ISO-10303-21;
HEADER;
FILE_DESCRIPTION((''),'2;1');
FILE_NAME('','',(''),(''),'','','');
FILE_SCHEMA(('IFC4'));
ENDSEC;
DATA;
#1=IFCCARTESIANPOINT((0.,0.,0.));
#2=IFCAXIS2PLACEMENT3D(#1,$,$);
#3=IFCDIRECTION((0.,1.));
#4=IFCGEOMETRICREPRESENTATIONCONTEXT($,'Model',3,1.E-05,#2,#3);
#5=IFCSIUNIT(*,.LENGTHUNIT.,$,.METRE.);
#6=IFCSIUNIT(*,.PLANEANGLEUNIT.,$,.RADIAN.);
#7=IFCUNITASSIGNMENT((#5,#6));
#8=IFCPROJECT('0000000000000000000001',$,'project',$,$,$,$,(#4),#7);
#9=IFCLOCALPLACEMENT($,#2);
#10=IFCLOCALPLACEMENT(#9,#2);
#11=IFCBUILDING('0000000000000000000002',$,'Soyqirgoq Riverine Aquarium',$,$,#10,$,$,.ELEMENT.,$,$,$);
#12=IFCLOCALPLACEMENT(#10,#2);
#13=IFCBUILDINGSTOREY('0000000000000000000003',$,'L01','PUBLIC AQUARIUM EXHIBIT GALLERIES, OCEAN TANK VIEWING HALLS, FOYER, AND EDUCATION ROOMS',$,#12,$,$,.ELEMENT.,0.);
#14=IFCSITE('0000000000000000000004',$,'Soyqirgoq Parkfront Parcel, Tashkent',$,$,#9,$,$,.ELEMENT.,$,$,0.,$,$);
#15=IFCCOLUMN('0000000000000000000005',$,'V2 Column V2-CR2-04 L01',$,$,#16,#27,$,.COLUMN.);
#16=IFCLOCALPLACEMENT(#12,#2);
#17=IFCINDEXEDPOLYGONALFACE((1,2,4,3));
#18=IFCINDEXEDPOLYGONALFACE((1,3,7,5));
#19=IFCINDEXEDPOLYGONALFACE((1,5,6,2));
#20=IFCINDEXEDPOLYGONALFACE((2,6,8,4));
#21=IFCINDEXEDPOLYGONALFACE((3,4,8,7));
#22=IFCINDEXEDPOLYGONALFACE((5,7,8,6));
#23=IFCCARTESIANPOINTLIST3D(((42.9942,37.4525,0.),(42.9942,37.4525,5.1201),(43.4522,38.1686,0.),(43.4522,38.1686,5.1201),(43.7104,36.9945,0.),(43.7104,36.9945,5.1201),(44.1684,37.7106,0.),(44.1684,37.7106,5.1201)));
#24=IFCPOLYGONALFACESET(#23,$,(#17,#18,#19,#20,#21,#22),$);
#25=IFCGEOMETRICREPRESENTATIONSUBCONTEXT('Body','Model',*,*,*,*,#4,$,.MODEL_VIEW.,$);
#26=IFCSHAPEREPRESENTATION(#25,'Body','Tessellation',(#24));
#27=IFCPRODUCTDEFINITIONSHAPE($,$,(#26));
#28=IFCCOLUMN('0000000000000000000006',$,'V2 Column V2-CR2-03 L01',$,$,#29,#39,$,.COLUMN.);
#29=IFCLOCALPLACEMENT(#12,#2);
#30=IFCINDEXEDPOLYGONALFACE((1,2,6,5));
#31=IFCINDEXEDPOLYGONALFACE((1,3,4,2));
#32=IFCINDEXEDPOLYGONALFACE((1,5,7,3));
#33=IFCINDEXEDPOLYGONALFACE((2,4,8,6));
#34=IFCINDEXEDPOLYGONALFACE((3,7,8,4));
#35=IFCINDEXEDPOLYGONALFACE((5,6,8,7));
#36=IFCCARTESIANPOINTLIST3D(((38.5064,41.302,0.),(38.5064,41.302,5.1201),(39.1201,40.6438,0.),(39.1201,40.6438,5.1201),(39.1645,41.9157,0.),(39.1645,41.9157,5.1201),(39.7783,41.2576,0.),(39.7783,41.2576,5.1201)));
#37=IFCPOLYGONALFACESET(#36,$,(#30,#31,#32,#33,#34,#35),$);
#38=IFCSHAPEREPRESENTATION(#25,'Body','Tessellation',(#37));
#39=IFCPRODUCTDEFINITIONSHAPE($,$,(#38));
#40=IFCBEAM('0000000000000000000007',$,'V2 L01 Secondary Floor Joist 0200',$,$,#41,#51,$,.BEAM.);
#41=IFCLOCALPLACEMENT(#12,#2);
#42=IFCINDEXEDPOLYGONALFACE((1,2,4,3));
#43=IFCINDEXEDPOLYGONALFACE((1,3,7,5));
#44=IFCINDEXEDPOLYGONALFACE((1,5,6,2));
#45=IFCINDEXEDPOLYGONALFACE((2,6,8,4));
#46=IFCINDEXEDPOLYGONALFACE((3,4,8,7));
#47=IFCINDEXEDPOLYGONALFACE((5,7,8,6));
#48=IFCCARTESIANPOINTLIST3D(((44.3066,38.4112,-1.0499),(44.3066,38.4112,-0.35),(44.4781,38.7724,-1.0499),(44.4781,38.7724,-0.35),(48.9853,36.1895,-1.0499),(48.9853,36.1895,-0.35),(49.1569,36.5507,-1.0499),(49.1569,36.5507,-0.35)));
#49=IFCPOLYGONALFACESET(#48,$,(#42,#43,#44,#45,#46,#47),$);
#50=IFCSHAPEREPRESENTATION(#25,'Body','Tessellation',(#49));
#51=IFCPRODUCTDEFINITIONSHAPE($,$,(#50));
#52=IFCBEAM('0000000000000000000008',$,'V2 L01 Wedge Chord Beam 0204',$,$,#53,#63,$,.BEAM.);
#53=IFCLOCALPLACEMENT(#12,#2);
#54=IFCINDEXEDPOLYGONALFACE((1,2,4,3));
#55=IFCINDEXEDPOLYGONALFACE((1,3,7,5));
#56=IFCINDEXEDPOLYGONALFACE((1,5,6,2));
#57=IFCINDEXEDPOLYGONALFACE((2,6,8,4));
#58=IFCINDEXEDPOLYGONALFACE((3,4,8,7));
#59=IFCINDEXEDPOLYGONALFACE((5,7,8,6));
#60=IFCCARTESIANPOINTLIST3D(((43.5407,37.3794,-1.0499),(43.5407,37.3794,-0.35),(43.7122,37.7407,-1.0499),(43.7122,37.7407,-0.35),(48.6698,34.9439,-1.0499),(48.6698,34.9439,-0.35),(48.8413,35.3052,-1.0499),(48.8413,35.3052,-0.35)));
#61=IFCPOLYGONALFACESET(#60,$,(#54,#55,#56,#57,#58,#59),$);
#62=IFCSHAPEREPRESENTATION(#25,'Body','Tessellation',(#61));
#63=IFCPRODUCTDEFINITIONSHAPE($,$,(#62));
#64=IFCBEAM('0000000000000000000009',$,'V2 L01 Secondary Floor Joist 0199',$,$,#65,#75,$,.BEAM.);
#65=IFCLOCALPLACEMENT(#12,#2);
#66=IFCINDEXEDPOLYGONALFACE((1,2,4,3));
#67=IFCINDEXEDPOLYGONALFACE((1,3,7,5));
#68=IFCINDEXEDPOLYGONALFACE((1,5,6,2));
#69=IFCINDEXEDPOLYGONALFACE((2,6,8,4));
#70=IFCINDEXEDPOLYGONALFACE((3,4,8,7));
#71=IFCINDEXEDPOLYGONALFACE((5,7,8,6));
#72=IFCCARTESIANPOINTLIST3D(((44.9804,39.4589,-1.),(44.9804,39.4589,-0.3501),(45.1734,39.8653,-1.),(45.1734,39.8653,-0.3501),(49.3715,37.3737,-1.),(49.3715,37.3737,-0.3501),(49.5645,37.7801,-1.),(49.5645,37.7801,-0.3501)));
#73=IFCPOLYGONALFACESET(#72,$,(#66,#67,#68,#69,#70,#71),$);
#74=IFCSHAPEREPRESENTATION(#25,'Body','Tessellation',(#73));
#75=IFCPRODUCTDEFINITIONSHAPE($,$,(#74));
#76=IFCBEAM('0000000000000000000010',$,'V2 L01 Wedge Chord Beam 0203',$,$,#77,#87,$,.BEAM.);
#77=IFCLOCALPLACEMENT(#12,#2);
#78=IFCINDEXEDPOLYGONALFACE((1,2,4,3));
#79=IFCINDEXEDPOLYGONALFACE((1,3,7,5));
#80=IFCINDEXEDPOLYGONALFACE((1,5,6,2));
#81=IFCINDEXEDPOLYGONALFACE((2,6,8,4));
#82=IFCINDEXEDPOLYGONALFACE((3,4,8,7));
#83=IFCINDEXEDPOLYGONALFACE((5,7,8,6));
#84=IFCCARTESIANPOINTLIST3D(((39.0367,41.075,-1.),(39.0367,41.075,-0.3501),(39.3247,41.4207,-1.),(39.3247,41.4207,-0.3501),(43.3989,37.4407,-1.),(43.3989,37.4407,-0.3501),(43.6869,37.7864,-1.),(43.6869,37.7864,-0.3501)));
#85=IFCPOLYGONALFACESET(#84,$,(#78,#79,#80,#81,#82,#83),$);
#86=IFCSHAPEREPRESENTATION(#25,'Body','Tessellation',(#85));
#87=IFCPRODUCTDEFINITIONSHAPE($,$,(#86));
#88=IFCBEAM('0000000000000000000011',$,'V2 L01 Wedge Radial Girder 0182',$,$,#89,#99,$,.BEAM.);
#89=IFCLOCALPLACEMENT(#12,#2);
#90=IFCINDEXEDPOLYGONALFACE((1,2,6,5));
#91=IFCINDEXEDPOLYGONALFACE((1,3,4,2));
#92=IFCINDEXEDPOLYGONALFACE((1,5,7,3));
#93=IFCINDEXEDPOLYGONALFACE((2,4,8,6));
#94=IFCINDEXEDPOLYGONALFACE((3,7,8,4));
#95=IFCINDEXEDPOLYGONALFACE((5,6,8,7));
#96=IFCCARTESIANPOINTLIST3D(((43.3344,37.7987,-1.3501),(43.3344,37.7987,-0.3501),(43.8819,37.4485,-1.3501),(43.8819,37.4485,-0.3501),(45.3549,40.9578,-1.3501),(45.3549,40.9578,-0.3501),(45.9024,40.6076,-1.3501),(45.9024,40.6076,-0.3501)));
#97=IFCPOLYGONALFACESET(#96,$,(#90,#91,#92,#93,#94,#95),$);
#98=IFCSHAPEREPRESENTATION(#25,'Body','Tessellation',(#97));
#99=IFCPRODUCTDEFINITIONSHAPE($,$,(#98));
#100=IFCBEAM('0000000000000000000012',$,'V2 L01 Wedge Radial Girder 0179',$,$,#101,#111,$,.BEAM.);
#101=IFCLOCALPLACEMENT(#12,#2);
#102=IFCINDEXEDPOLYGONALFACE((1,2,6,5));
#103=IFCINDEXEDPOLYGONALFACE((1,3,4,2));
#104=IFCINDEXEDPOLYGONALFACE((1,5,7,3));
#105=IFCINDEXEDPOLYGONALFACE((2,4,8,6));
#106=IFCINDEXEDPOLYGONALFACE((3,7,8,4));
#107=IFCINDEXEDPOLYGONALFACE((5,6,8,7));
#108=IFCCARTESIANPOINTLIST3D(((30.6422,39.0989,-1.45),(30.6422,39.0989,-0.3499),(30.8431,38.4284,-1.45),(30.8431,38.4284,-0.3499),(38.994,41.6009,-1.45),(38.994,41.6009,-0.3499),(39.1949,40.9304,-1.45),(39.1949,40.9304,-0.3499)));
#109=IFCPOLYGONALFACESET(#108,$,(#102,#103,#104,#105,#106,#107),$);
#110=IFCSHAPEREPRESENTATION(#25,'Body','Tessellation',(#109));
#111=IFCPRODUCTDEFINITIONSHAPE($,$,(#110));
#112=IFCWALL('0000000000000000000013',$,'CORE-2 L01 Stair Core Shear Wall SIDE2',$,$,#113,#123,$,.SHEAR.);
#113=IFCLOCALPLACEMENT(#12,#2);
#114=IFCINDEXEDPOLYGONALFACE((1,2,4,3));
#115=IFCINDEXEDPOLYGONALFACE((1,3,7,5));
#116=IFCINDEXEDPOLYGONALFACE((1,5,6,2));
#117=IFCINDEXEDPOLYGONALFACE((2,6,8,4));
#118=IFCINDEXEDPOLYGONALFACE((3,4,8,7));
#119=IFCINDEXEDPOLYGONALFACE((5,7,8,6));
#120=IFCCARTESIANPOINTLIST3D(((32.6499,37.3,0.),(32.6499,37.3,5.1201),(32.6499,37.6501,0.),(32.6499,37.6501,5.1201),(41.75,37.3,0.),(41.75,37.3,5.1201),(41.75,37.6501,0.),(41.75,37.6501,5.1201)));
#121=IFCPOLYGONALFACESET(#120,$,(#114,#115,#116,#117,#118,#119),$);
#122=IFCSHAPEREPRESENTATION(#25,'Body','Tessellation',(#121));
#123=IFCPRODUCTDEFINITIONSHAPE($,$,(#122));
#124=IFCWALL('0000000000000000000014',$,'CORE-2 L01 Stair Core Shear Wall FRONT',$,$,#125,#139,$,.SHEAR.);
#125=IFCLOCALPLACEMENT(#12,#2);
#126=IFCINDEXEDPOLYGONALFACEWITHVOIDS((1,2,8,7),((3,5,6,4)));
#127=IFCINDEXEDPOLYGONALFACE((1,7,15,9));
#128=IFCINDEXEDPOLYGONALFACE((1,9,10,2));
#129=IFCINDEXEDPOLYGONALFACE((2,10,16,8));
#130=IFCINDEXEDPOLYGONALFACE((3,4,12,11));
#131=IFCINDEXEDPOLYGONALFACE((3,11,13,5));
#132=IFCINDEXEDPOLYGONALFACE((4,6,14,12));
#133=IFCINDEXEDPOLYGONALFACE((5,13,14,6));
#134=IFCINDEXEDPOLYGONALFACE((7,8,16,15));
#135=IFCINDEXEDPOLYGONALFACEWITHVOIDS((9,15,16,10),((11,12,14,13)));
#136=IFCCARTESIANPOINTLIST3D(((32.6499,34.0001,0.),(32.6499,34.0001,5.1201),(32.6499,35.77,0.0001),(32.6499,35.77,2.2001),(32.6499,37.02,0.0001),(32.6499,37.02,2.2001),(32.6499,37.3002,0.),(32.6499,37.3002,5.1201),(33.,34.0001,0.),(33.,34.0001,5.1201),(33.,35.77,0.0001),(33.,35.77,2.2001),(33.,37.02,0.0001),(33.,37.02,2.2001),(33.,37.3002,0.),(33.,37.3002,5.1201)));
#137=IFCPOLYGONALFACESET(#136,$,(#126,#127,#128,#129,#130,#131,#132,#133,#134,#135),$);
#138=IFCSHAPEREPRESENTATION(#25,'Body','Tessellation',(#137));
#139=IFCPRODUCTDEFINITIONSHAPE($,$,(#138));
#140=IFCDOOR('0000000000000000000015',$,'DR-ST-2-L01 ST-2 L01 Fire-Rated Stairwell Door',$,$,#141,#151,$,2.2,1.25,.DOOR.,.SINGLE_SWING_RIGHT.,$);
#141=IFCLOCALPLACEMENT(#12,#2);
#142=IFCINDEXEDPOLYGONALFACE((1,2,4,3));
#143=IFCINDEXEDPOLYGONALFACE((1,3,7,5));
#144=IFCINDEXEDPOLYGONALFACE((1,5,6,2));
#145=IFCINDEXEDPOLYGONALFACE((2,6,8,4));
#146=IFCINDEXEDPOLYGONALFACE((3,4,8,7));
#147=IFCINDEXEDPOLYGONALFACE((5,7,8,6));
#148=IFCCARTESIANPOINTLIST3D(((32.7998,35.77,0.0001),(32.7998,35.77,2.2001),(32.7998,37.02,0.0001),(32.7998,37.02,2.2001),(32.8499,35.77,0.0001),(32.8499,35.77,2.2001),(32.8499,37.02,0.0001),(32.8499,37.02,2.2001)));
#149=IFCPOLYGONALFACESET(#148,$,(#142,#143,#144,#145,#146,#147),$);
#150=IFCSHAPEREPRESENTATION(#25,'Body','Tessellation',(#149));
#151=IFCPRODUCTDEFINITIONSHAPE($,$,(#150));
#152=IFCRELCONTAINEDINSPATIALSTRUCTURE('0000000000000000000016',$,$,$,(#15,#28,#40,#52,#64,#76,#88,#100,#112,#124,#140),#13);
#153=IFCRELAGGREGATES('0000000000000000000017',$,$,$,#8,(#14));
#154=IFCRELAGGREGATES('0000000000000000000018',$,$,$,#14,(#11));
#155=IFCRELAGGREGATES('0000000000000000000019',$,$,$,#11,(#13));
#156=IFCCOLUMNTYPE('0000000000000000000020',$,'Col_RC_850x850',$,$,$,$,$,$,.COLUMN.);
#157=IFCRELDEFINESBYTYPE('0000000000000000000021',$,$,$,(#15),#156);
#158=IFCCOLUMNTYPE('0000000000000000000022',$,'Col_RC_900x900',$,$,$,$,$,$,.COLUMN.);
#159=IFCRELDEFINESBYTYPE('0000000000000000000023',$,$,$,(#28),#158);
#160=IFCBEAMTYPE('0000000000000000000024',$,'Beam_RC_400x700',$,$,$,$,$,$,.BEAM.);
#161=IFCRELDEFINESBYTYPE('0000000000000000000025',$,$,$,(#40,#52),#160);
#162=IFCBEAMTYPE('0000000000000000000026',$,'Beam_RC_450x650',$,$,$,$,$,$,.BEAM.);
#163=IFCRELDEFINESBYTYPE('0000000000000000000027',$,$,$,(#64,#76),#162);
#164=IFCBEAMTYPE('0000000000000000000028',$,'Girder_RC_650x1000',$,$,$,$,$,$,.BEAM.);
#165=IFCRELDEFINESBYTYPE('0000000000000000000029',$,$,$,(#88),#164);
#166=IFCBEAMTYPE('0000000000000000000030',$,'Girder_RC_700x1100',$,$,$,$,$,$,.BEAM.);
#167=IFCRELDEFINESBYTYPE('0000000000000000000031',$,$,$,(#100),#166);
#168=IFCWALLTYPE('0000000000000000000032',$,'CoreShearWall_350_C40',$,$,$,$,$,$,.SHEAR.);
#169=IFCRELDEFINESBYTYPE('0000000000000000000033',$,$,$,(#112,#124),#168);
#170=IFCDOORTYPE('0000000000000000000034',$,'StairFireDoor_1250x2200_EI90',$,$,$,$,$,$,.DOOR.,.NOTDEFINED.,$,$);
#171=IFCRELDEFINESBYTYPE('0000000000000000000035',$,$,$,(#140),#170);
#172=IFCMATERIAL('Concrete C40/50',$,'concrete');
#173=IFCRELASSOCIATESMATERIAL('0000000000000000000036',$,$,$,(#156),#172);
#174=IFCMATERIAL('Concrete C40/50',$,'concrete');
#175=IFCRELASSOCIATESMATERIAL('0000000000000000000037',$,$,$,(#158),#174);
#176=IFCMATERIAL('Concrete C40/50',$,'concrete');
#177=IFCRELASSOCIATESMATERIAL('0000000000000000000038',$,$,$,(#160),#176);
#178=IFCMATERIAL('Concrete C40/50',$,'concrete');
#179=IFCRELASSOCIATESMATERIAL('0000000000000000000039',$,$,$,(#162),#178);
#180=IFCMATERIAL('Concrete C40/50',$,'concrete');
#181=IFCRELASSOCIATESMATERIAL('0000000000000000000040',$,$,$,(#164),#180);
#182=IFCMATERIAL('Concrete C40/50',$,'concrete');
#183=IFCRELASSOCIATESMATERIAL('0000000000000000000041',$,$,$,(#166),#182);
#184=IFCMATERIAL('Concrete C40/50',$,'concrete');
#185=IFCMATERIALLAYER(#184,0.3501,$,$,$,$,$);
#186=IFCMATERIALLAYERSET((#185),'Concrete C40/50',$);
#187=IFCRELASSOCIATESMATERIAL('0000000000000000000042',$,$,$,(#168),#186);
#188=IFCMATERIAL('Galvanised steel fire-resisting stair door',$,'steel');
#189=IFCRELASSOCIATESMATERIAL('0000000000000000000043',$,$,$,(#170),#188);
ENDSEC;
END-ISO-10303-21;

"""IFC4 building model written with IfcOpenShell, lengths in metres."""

from ifc_helpers import new_model, si_unit, direction, frame, frame_2d, origin, origin_2d, place, context, subcontext, project, spatial, rectangle, extrude, material, layer, layer_set, material_profile, profile_set, type_object, element, fill, save


model = new_model("IFC4")

# Units and contexts
model_context = context("Model", 3, precision=1e-05, world=origin(), true_north=direction((0.0, 1.0)))
body_context = subcontext(model_context, "Body", "Model", "MODEL_VIEW")
ifc_project = project(units=[si_unit("LENGTHUNIT", "METRE"), si_unit("PLANEANGLEUNIT", "RADIAN")], contexts=[model_context])

# Site, building, storey
site_placement = place(None, origin())
site = spatial("IfcSite", under=ifc_project, at=site_placement, Name="Soyqirgoq Parkfront Parcel, Tashkent", CompositionType="ELEMENT", RefElevation=0.0)
building_placement = place(site_placement, origin())
building = spatial("IfcBuilding", under=site, at=building_placement, Name="Soyqirgoq Riverine Aquarium", CompositionType="ELEMENT")
storey_placement = place(building_placement, origin())
storey = spatial("IfcBuildingStorey", under=building, at=storey_placement, Name="L01", Description="PUBLIC AQUARIUM EXHIBIT GALLERIES, OCEAN TANK VIEWING HALLS, FOYER, AND EDUCATION ROOMS", CompositionType="ELEMENT", Elevation=0.0)

# Columns
ifc_material_1 = material(Name="Concrete C40/50", Category="concrete")
ifc_material_profile_1 = material_profile(ifc_material_1, rectangle(XDim=0.8501, YDim=0.8501, at=origin_2d()), Name="RC 850x850")
ifc_profile_set_1 = profile_set([ifc_material_profile_1], Name="Concrete C40/50")
column_type_1 = type_object("IfcColumnType", Name="Col_RC_850x850", PredefinedType="COLUMN", material=ifc_profile_set_1)
column_1_placement = place(storey_placement, frame((43.5813, 37.5815, 0.0), z_axis=(0.0, 0.0, 1.0), x_axis=(-0.538771, -0.842452, 0.0)))
element("IfcColumn", 1, at=column_1_placement, inside=storey, type_object=column_type_1, Name="V2 Column V2-CR2-04 L01", PredefinedType="COLUMN", context=body_context, shape_type="SweptSolid", body=[
    extrude(rectangle(XDim=0.8501, YDim=0.8501, at=origin_2d()), origin(), (0.0, 0.0, 1.0), 5.1201),
])
ifc_material_2 = material(Name="Concrete C40/50", Category="concrete")
ifc_material_profile_2 = material_profile(ifc_material_2, rectangle(XDim=0.8999, YDim=0.8999, at=origin_2d()), Name="RC 900x900")
ifc_profile_set_2 = profile_set([ifc_material_profile_2], Name="Concrete C40/50")
column_type_2 = type_object("IfcColumnType", Name="Col_RC_900x900", PredefinedType="COLUMN", material=ifc_profile_set_2)
column_2_placement = place(storey_placement, frame((39.1423, 41.2798, 0.0), z_axis=(0.0, 0.0, 1.0), x_axis=(-0.731354, -0.681998, 0.0)))
element("IfcColumn", 2, at=column_2_placement, inside=storey, type_object=column_type_2, Name="V2 Column V2-CR2-03 L01", PredefinedType="COLUMN", context=body_context, shape_type="SweptSolid", body=[
    extrude(rectangle(XDim=0.8999, YDim=0.8999, at=origin_2d()), origin(), (0.0, 0.0, 1.0), 5.1201),
])

# Beams
ifc_material_3 = material(Name="Concrete C40/50", Category="concrete")
ifc_material_profile_3 = material_profile(ifc_material_3, rectangle(XDim=0.3999, YDim=0.7, at=origin_2d()), Name="RC 400x700")
ifc_profile_set_3 = profile_set([ifc_material_profile_3], Name="Concrete C40/50")
beam_type_1 = type_object("IfcBeamType", Name="Beam_RC_400x700", PredefinedType="BEAM", material=ifc_profile_set_3)
beam_1_placement = place(storey_placement, frame((44.3923, 38.5918, -0.7), z_axis=(0.90333, -0.428945, 0.0), x_axis=(0.428945, 0.90333, 0.0)))
element("IfcBeam", 3, at=beam_1_placement, inside=storey, type_object=beam_type_1, Name="V2 L01 Secondary Floor Joist 0200", PredefinedType="BEAM", context=body_context, shape_type="SweptSolid", body=[
    extrude(rectangle(XDim=0.3999, YDim=0.7, at=origin_2d()), origin(), (0.0, 0.0, 1.0), 5.1794),
])
beam_2_placement = place(storey_placement, frame((43.6265, 37.5601, -0.7), z_axis=(0.903332, -0.428942, 0.0), x_axis=(0.428942, 0.903332, 0.0)))
element("IfcBeam", 4, at=beam_2_placement, inside=storey, type_object=beam_type_1, Name="V2 L01 Wedge Chord Beam 0204", PredefinedType="BEAM", context=body_context, shape_type="SweptSolid", body=[
    extrude(rectangle(XDim=0.3999, YDim=0.7, at=origin_2d()), origin(), (0.0, 0.0, 1.0), 5.678),
])
ifc_material_4 = material(Name="Concrete C40/50", Category="concrete")
ifc_material_profile_4 = material_profile(ifc_material_4, rectangle(XDim=0.45, YDim=0.6499, at=origin_2d()), Name="RC 450x650")
ifc_profile_set_4 = profile_set([ifc_material_profile_4], Name="Concrete C40/50")
beam_type_2 = type_object("IfcBeamType", Name="Beam_RC_450x650", PredefinedType="BEAM", material=ifc_profile_set_4)
beam_3_placement = place(storey_placement, frame((45.0769, 39.6621, -0.675), z_axis=(0.903323, -0.428961, 0.0), x_axis=(0.428961, 0.903323, 0.0)))
element("IfcBeam", 5, at=beam_3_placement, inside=storey, type_object=beam_type_2, Name="V2 L01 Secondary Floor Joist 0199", PredefinedType="BEAM", context=body_context, shape_type="SweptSolid", body=[
    extrude(rectangle(XDim=0.45, YDim=0.6499, at=origin_2d()), origin(), (0.0, 0.0, 1.0), 4.8611),
])
beam_4_placement = place(storey_placement, frame((39.1807, 41.2478, -0.675), z_axis=(0.768306, -0.640083, 0.0), x_axis=(0.640083, 0.768306, 0.0)))
element("IfcBeam", 6, at=beam_4_placement, inside=storey, type_object=beam_type_2, Name="V2 L01 Wedge Chord Beam 0203", PredefinedType="BEAM", context=body_context, shape_type="SweptSolid", body=[
    extrude(rectangle(XDim=0.45, YDim=0.6499, at=origin_2d()), origin(), (0.0, 0.0, 1.0), 5.6777),
])
ifc_material_5 = material(Name="Concrete C40/50", Category="concrete")
ifc_material_profile_5 = material_profile(ifc_material_5, rectangle(XDim=0.6499, YDim=1.0, at=origin_2d()), Name="RC 650x1000")
ifc_profile_set_5 = profile_set([ifc_material_profile_5], Name="Concrete C40/50")
beam_type_3 = type_object("IfcBeamType", Name="Girder_RC_650x1000", PredefinedType="BEAM", material=ifc_profile_set_5)
beam_5_placement = place(storey_placement, frame((45.6287, 40.7827, -0.8501), z_axis=(-0.538795, -0.842437, 0.0), x_axis=(0.842437, -0.538795, 0.0)))
element("IfcBeam", 7, at=beam_5_placement, inside=storey, type_object=beam_type_3, Name="V2 L01 Wedge Radial Girder 0182", PredefinedType="BEAM", context=body_context, shape_type="SweptSolid", body=[
    extrude(rectangle(XDim=0.6499, YDim=1.0, at=origin_2d()), origin(), (0.0, 0.0, 1.0), 3.75),
])
ifc_material_6 = material(Name="Concrete C40/50", Category="concrete")
ifc_material_profile_6 = material_profile(ifc_material_6, rectangle(XDim=0.7, YDim=1.1001, at=origin_2d()), Name="RC 700x1100")
ifc_profile_set_6 = profile_set([ifc_material_profile_6], Name="Concrete C40/50")
beam_type_4 = type_object("IfcBeamType", Name="Girder_RC_700x1100", PredefinedType="BEAM", material=ifc_profile_set_6)
beam_6_placement = place(storey_placement, frame((39.0945, 41.2656, -0.8999), z_axis=(-0.95794, -0.28697, 0.0), x_axis=(0.28697, -0.95794, 0.0)))
element("IfcBeam", 8, at=beam_6_placement, inside=storey, type_object=beam_type_4, Name="V2 L01 Wedge Radial Girder 0179", PredefinedType="BEAM", context=body_context, shape_type="SweptSolid", body=[
    extrude(rectangle(XDim=0.7, YDim=1.1001, at=origin_2d()), origin(), (0.0, 0.0, 1.0), 8.7185),
])

# Wall
ifc_material_7 = material(Name="Concrete C40/50", Category="concrete")
ifc_layer_1 = layer(ifc_material_7, 0.3501)
ifc_layer_set_1 = layer_set([ifc_layer_1], Name="Concrete C40/50")
wall_type_1 = type_object("IfcWallType", Name="CoreShearWall_350_C40", PredefinedType="SHEAR", material=ifc_layer_set_1)
wall_1_placement = place(storey_placement, frame((41.75, 37.4751, 0.0), z_axis=(0.0, 0.0, 1.0), x_axis=(-1.0, 0.0, 0.0)))
element("IfcWall", 9, at=wall_1_placement, inside=storey, type_object=wall_type_1, Name="CORE-2 L01 Stair Core Shear Wall SIDE2", PredefinedType="SHEAR", context=body_context, shape_type="SweptSolid", body=[
    extrude(rectangle(XDim=9.1001, YDim=0.3501, at=frame_2d((4.55, 0.0))), origin(), (0.0, 0.0, 1.0), 5.1201),
])

# Wall, opening, door
wall_2_placement = place(storey_placement, frame((32.825, 37.3, 0.0), z_axis=(0.0, 0.0, 1.0), x_axis=(0.0, -1.0, 0.0)))
wall_2 = element("IfcWall", 10, at=wall_2_placement, inside=storey, type_object=wall_type_1, Name="CORE-2 L01 Stair Core Shear Wall FRONT", PredefinedType="SHEAR", context=body_context, shape_type="SweptSolid", body=[
    extrude(rectangle(XDim=3.3, YDim=0.3501, at=frame_2d((1.6499, 0.0))), origin(), (0.0, 0.0, 1.0), 5.1201),
])
opening_1_placement = place(wall_2_placement, frame((0.28, 0.0, 0.0)))
opening_1 = element("IfcOpeningElement", 11, at=opening_1_placement, cuts=wall_2, PredefinedType="OPENING", context=body_context, shape_type="SweptSolid", body=[
    extrude(rectangle(XDim=1.25, YDim=2.2, at=frame_2d((0.625, 1.1001))), frame((0.0, 0.1851, 0.0), z_axis=(0.0, -1.0, 0.0), x_axis=(1.0, 0.0, 0.0)), (0.0, 0.0, 1.0), 0.3701),
])
ifc_material_8 = material(Name="Galvanised steel fire-resisting stair door", Category="steel")
door_type_1 = type_object("IfcDoorType", Name="StairFireDoor_1250x2200_EI90", OperationType="NOTDEFINED", PredefinedType="DOOR", material=ifc_material_8)
door_1_placement = place(opening_1_placement, origin())
door_1 = element("IfcDoor", 12, at=door_1_placement, inside=storey, type_object=door_type_1, Name="DR-ST-2-L01 ST-2 L01 Fire-Rated Stairwell Door", OperationType="SINGLE_SWING_RIGHT", OverallHeight=2.2, OverallWidth=1.25, PredefinedType="DOOR", context=body_context, shape_type="SweptSolid", body=[
    extrude(rectangle(XDim=1.25, YDim=2.2, at=frame_2d((0.625, 1.1001))), frame((0.0, 0.0249, 0.0), z_axis=(0.0, -1.0, 0.0), x_axis=(1.0, 0.0, 0.0)), (0.0, 0.0, 1.0), 0.05),
])
fill(opening_1, door_1)

save(model, "model.ifc")
